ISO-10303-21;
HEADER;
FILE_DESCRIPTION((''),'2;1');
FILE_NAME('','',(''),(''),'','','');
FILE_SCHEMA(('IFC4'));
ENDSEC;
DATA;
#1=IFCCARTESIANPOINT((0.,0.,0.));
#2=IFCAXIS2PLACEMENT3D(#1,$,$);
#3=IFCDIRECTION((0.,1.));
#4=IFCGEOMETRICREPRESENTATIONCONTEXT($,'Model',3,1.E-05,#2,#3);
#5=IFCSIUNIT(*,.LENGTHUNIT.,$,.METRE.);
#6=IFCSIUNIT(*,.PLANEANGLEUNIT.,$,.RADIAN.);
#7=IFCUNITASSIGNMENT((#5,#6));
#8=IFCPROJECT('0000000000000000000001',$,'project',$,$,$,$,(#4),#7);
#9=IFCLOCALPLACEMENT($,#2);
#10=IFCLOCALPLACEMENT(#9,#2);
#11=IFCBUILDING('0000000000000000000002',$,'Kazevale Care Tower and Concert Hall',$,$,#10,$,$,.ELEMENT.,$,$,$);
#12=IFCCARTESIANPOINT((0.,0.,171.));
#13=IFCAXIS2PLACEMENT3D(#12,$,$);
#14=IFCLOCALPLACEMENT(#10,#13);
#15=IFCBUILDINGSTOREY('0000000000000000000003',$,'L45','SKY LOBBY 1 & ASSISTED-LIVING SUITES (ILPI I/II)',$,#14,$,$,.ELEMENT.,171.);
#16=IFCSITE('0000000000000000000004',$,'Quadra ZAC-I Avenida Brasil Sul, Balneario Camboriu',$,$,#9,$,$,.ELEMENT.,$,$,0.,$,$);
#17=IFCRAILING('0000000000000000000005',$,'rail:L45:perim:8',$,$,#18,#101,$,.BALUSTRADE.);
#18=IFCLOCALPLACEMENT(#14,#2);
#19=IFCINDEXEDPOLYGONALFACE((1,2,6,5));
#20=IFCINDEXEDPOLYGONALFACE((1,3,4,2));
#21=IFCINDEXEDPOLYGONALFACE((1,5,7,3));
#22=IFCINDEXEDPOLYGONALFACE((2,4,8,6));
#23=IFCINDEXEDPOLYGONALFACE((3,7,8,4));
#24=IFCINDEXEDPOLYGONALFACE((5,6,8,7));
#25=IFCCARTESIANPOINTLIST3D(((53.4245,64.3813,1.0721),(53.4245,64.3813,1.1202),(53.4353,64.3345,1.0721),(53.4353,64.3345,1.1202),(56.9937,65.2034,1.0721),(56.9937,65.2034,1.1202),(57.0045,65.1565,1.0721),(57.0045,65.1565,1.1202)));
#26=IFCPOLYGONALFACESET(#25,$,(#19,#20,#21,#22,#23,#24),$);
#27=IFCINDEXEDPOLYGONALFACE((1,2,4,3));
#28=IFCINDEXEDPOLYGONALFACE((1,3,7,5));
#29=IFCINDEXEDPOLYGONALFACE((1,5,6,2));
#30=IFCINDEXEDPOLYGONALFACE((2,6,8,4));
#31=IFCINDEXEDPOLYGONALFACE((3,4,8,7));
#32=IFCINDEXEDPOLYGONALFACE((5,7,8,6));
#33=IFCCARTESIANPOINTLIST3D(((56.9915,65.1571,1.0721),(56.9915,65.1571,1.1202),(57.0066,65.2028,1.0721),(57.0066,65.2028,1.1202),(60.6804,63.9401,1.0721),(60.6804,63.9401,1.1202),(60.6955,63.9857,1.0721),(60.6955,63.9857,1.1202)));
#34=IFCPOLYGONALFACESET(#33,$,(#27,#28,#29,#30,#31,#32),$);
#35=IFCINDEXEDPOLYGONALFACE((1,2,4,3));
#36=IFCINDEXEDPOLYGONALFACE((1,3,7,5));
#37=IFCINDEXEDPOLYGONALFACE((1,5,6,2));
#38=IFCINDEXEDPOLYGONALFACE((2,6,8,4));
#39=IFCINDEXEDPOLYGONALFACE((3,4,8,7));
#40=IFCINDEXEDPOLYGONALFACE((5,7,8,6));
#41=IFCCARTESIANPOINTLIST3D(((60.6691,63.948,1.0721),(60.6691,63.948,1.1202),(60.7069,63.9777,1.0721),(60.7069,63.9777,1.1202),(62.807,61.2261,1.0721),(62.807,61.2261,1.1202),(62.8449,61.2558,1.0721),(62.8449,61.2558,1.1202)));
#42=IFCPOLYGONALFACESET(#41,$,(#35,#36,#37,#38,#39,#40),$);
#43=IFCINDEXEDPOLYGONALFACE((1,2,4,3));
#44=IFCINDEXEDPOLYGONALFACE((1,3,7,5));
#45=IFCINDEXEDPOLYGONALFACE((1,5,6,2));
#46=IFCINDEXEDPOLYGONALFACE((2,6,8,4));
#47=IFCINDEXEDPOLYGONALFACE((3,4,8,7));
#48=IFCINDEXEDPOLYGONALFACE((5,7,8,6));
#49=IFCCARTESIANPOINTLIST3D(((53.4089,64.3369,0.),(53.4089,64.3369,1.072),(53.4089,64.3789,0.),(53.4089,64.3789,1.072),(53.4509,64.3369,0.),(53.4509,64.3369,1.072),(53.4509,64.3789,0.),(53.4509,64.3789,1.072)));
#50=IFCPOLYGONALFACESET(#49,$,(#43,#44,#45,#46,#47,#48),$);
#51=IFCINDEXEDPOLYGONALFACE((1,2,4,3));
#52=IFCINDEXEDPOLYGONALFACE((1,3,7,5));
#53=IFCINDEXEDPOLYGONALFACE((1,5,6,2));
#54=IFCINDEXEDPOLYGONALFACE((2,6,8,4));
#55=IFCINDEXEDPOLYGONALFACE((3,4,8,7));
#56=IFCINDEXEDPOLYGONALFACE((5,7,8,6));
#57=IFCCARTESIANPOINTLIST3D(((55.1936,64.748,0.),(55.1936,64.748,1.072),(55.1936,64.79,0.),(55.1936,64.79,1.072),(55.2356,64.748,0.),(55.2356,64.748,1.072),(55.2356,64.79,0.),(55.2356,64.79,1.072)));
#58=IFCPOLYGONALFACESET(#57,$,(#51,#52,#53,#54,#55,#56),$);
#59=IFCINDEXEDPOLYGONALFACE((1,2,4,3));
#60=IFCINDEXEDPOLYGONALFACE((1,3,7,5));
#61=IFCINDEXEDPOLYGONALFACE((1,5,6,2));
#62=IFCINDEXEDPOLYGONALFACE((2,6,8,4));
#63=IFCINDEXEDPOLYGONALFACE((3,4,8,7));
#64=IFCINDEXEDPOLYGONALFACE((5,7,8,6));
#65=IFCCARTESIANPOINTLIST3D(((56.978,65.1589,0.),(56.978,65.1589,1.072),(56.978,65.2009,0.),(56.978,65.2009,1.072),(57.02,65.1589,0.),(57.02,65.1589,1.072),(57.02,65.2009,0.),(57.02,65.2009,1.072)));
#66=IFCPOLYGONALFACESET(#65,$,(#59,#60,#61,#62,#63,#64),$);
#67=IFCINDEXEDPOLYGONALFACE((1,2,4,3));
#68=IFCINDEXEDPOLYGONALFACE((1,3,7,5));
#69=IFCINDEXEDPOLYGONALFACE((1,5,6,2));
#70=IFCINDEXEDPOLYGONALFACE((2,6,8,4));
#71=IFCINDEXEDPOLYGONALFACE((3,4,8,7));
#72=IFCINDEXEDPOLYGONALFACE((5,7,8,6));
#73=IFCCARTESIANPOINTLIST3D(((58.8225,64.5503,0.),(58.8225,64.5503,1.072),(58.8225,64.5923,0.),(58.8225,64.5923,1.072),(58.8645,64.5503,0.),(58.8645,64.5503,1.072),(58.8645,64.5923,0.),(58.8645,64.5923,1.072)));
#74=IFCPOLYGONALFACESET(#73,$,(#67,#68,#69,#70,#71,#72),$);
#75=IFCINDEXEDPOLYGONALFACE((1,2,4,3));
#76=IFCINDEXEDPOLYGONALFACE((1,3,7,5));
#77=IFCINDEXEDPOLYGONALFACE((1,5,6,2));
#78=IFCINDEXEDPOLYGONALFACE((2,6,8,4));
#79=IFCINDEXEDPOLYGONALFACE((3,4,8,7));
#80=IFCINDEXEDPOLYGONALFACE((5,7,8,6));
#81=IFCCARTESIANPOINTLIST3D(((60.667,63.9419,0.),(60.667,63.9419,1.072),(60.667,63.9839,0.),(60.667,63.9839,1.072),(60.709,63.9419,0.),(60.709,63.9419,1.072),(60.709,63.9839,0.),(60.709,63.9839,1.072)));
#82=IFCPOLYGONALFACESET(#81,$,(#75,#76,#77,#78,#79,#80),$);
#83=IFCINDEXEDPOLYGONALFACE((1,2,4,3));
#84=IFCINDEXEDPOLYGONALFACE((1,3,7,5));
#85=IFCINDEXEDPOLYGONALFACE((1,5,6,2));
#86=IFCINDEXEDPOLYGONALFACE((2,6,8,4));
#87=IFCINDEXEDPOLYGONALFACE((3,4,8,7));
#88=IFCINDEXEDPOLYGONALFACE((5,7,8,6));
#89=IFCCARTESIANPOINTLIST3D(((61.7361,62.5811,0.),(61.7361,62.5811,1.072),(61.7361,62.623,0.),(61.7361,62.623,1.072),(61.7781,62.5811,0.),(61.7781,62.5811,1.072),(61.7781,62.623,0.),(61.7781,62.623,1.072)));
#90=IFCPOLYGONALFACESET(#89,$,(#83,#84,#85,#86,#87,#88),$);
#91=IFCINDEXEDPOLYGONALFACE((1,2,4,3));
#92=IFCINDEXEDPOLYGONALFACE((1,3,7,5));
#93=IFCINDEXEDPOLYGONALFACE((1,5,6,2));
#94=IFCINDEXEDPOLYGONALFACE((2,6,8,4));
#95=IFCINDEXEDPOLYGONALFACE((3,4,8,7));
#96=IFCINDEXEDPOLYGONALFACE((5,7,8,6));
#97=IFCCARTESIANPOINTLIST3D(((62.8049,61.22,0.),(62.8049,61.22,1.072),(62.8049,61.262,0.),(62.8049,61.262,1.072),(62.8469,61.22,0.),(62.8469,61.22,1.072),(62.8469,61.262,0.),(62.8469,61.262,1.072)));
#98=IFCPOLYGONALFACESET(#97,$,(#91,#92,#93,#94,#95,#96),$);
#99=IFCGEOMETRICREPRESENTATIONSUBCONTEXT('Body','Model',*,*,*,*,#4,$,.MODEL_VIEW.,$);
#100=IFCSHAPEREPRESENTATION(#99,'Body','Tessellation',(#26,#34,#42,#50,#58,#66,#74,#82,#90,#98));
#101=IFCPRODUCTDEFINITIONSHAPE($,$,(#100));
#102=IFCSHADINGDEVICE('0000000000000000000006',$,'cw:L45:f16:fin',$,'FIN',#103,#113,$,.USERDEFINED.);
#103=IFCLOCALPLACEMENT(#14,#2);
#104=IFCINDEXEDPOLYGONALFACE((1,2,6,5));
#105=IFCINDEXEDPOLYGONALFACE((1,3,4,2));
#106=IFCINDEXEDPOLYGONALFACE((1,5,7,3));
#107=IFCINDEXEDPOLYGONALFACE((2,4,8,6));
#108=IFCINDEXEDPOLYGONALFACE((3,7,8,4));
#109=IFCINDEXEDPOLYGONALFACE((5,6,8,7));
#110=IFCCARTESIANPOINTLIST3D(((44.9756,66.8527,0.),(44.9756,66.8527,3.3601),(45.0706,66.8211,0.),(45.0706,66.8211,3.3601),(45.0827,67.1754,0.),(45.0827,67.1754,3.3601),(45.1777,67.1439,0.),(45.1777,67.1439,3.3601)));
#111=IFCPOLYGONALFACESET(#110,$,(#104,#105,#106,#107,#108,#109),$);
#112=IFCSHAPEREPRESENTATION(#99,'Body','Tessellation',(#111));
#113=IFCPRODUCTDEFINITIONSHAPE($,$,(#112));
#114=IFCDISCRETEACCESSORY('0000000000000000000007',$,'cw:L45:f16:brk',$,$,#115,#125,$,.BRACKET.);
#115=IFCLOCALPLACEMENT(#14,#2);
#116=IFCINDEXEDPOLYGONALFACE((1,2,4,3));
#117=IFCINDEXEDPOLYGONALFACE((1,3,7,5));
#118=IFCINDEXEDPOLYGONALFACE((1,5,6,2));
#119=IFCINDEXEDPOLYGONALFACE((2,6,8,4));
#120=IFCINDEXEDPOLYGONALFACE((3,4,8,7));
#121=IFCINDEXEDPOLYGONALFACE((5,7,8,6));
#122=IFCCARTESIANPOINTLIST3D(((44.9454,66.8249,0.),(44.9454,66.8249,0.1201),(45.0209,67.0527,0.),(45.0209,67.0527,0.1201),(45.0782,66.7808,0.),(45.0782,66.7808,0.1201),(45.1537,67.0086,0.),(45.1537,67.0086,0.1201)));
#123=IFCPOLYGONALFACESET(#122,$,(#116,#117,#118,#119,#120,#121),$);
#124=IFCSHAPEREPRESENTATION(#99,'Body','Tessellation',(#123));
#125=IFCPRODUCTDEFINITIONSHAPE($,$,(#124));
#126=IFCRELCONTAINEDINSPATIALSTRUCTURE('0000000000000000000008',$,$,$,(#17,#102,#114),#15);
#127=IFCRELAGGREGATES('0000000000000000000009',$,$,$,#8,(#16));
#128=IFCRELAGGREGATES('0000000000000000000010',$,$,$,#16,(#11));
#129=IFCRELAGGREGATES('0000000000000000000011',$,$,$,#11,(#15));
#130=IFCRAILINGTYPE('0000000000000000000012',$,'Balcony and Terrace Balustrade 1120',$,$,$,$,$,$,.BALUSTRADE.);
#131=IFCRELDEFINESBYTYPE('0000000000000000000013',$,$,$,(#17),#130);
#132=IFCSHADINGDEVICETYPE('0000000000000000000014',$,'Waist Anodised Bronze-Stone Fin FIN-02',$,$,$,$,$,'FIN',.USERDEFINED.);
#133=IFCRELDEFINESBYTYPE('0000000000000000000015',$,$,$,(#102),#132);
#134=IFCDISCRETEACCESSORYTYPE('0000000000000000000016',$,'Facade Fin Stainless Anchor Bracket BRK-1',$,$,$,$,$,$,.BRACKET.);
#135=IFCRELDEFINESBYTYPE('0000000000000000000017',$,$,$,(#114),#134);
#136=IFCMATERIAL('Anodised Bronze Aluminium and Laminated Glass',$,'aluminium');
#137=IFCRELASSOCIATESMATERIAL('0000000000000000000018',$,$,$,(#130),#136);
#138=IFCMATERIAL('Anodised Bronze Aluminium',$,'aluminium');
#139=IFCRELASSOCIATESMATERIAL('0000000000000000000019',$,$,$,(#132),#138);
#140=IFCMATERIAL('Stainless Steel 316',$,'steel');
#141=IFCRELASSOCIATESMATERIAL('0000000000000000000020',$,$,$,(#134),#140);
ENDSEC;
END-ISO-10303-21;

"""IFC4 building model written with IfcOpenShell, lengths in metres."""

from ifc_helpers import new_model, si_unit, direction, frame, origin, origin_2d, place, context, subcontext, project, spatial, rectangle, extrude, material, type_object, element, save


model = new_model("IFC4")

# Units and contexts
model_context = context("Model", 3, precision=1e-05, world=origin(), true_north=direction((0.0, 1.0)))
body_context = subcontext(model_context, "Body", "Model", "MODEL_VIEW")
ifc_project = project(units=[si_unit("LENGTHUNIT", "METRE"), si_unit("PLANEANGLEUNIT", "RADIAN")], contexts=[model_context])

# Site, building, storey
site_placement = place(None, origin())
site = spatial("IfcSite", under=ifc_project, at=site_placement, Name="Quadra ZAC-I Avenida Brasil Sul, Balneario Camboriu", CompositionType="ELEMENT", RefElevation=0.0)
building_placement = place(site_placement, origin())
building = spatial("IfcBuilding", under=site, at=building_placement, Name="Kazevale Care Tower and Concert Hall", CompositionType="ELEMENT")
storey_placement = place(building_placement, frame((0.0, 0.0, 171.0)))
storey = spatial("IfcBuildingStorey", under=building, at=storey_placement, Name="L45", Description="SKY LOBBY 1 & ASSISTED-LIVING SUITES (ILPI I/II)", CompositionType="ELEMENT", Elevation=171.0)

# Railing
ifc_material_1 = material(Name="Anodised Bronze Aluminium and Laminated Glass", Category="aluminium")
railing_type = type_object("IfcRailingType", Name="Balcony and Terrace Balustrade 1120", PredefinedType="BALUSTRADE", material=ifc_material_1)
railing_1_placement = place(storey_placement, frame((53.4299, 64.3579, 0.0)))
element("IfcRailing", 1, at=railing_1_placement, inside=storey, type_object=railing_type, Name="rail:L45:perim:8", PredefinedType="BALUSTRADE", context=body_context, shape_type="SweptSolid", body=[
    extrude(rectangle(XDim=0.0481, YDim=0.0481, at=origin_2d()), frame((0.0, 0.0, 1.0962), z_axis=(0.974488, 0.224441, 0.0), x_axis=(-0.224441, 0.974488, 0.0)), (0.0, 0.0, 1.0), 3.6626),
    extrude(rectangle(XDim=0.0481, YDim=0.0481, at=origin_2d()), frame((3.5691, 0.822, 1.0962), z_axis=(0.949653, -0.313304, 0.0), x_axis=(0.313304, 0.949653, 0.0)), (0.0, 0.0, 1.0), 3.8845),
    extrude(rectangle(XDim=0.0481, YDim=0.0481, at=origin_2d()), frame((7.2581, -0.395, 1.0962), z_axis=(0.617694, -0.786419, 0.0), x_axis=(0.786419, 0.617694, 0.0)), (0.0, 0.0, 1.0), 3.4612),
    extrude(rectangle(XDim=0.042, YDim=0.042, at=origin_2d()), origin(), (0.0, 0.0, 1.0), 1.072),
    extrude(rectangle(XDim=0.042, YDim=0.042, at=origin_2d()), frame((1.7847, 0.4111, 0.0)), (0.0, 0.0, 1.0), 1.072),
    extrude(rectangle(XDim=0.042, YDim=0.042, at=origin_2d()), frame((3.5691, 0.822, 0.0)), (0.0, 0.0, 1.0), 1.072),
    extrude(rectangle(XDim=0.042, YDim=0.042, at=origin_2d()), frame((5.4136, 0.2134, 0.0)), (0.0, 0.0, 1.0), 1.072),
    extrude(rectangle(XDim=0.042, YDim=0.042, at=origin_2d()), frame((7.2581, -0.395, 0.0)), (0.0, 0.0, 1.0), 1.072),
    extrude(rectangle(XDim=0.042, YDim=0.042, at=origin_2d()), frame((8.3271, -1.7559, 0.0)), (0.0, 0.0, 1.0), 1.072),
    extrude(rectangle(XDim=0.042, YDim=0.042, at=origin_2d()), frame((9.396, -3.1169, 0.0)), (0.0, 0.0, 1.0), 1.072),
])

# Shading device
ifc_material_2 = material(Name="Anodised Bronze Aluminium", Category="aluminium")
shading_device_type = type_object("IfcShadingDeviceType", Name="Waist Anodised Bronze-Stone Fin FIN-02", ElementType="FIN", PredefinedType="USERDEFINED", material=ifc_material_2)
shading_device_placement = place(storey_placement, frame((45.0767, 66.9983, 0.0), z_axis=(0.0, 0.0, 1.0), x_axis=(0.314821, 0.949151, 0.0)))
element("IfcShadingDevice", 2, at=shading_device_placement, inside=storey, type_object=shading_device_type, Name="cw:L45:f16:fin", ObjectType="FIN", PredefinedType="USERDEFINED", context=body_context, shape_type="SweptSolid", body=[
    extrude(rectangle(XDim=0.3401, YDim=0.1001, at=origin_2d()), origin(), (0.0, 0.0, 1.0), 3.3601),
])

# Discrete accessory
ifc_material_3 = material(Name="Stainless Steel 316", Category="steel")
discrete_accessory_type = type_object("IfcDiscreteAccessoryType", Name="Facade Fin Stainless Anchor Bracket BRK-1", PredefinedType="BRACKET", material=ifc_material_3)
discrete_accessory_placement = place(storey_placement, frame((45.0496, 66.9167, 0.0), z_axis=(0.0, 0.0, 1.0), x_axis=(0.314821, 0.949151, 0.0)))
element("IfcDiscreteAccessory", 3, at=discrete_accessory_placement, inside=storey, type_object=discrete_accessory_type, Name="cw:L45:f16:brk", PredefinedType="BRACKET", context=body_context, shape_type="SweptSolid", body=[
    extrude(rectangle(XDim=0.24, YDim=0.1399, at=origin_2d()), origin(), (0.0, 0.0, 1.0), 0.1201),
])

save(model, "model.ifc")
